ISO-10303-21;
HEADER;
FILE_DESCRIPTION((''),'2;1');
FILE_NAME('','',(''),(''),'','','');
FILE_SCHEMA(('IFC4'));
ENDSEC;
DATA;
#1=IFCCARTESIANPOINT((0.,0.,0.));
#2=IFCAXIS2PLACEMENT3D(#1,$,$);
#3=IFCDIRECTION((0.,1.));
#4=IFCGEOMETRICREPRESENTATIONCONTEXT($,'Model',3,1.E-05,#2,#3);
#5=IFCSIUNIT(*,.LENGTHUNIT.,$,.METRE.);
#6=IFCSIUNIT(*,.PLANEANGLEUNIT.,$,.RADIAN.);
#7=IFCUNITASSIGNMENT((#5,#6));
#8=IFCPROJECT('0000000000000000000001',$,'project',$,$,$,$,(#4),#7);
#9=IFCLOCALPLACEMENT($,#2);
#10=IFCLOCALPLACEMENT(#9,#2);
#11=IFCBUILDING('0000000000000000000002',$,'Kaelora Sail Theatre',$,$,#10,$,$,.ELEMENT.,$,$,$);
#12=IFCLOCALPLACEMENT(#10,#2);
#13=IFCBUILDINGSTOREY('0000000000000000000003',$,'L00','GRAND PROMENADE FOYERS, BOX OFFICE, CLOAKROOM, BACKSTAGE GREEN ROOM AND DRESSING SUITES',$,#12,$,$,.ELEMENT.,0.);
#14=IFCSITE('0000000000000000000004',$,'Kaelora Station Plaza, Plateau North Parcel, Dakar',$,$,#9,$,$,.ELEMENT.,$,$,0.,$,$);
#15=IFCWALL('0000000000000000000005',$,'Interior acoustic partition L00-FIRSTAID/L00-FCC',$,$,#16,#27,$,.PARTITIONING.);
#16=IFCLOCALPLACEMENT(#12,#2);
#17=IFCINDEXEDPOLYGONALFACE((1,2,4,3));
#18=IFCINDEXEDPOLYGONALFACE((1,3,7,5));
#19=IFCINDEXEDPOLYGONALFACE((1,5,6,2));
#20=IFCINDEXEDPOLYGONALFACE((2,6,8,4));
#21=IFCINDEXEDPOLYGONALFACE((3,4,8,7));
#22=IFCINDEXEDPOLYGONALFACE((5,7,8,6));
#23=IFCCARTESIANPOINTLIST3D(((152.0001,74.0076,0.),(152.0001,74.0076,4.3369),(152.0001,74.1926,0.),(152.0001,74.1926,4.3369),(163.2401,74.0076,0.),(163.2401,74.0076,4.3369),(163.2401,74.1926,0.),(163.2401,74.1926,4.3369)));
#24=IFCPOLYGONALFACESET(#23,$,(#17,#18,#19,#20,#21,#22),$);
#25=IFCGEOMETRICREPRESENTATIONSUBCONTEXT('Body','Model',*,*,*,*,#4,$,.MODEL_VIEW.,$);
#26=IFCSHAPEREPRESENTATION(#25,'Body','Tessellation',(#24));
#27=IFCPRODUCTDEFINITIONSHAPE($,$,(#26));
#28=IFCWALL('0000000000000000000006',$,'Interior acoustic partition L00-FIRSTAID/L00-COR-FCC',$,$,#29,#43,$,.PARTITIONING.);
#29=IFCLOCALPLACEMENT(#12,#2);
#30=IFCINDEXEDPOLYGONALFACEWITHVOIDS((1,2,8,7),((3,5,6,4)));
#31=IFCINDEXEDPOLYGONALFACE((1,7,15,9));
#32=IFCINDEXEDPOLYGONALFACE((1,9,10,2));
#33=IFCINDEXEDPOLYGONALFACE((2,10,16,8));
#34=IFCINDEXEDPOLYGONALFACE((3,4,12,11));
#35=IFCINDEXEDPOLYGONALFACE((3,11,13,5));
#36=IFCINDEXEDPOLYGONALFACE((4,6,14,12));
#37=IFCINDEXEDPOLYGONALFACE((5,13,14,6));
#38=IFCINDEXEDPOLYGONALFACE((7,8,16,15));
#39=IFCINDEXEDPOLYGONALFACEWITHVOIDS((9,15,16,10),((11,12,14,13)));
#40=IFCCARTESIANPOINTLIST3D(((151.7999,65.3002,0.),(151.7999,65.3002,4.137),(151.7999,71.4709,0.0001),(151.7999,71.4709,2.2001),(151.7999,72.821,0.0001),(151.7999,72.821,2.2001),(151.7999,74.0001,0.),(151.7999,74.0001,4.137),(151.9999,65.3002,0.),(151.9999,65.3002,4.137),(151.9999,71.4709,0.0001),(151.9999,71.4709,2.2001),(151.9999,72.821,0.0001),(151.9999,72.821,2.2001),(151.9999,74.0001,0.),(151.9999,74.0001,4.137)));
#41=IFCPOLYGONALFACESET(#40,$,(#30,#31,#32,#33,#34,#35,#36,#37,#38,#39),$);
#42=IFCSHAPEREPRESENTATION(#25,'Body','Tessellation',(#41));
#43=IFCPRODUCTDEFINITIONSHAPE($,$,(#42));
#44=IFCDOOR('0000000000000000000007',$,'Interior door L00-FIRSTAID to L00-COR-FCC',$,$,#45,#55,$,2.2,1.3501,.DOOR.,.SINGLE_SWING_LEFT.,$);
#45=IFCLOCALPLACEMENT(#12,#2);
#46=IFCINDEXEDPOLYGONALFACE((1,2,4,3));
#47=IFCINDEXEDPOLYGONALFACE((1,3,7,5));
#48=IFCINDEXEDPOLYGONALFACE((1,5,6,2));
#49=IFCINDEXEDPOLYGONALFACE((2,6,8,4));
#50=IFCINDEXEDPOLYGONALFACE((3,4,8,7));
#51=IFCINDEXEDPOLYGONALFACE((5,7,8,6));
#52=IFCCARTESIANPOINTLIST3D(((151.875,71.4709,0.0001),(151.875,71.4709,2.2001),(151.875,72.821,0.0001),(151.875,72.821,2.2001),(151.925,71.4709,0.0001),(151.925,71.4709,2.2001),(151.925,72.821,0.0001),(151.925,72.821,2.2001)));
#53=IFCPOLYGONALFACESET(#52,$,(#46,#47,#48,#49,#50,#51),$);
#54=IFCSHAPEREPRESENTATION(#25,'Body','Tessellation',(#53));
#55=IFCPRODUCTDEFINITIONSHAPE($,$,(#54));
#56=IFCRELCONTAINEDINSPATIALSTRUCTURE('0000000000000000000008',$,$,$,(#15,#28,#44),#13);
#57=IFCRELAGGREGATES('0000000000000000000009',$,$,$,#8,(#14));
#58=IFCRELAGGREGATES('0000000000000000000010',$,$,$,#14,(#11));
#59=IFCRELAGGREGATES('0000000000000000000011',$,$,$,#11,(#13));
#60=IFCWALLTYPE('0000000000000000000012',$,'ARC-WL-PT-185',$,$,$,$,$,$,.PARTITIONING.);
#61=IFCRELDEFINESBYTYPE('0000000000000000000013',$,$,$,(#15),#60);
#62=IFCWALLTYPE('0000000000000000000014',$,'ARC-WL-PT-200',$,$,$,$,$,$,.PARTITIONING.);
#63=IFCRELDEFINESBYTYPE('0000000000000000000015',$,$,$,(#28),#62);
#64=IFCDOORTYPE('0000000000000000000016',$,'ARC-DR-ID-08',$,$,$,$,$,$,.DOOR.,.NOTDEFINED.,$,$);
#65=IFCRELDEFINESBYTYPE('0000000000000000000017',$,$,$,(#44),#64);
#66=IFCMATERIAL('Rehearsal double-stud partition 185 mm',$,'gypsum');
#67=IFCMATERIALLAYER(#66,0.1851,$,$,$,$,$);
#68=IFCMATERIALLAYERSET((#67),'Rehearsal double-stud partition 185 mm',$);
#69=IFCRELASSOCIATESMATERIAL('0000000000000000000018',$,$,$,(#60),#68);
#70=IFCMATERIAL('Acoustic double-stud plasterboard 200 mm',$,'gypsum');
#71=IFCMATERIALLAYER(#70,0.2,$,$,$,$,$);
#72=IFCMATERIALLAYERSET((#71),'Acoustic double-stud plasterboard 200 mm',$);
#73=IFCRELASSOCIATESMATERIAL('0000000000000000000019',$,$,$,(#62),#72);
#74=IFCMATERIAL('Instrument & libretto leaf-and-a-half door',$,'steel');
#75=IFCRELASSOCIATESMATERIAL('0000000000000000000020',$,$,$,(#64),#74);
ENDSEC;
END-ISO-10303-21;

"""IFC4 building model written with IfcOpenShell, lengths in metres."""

from ifc_helpers import new_model, si_unit, direction, frame, frame_2d, origin, place, context, subcontext, project, spatial, rectangle, extrude, material, layer, layer_set, type_object, element, fill, save


model = new_model("IFC4")

# Units and contexts
model_context = context("Model", 3, precision=1e-05, world=origin(), true_north=direction((0.0, 1.0)))
body_context = subcontext(model_context, "Body", "Model", "MODEL_VIEW")
ifc_project = project(units=[si_unit("LENGTHUNIT", "METRE"), si_unit("PLANEANGLEUNIT", "RADIAN")], contexts=[model_context])

# Site, building, storey
site_placement = place(None, origin())
site = spatial("IfcSite", under=ifc_project, at=site_placement, Name="Kaelora Station Plaza, Plateau North Parcel, Dakar", CompositionType="ELEMENT", RefElevation=0.0)
building_placement = place(site_placement, origin())
building = spatial("IfcBuilding", under=site, at=building_placement, Name="Kaelora Sail Theatre", CompositionType="ELEMENT")
storey_placement = place(building_placement, origin())
storey = spatial("IfcBuildingStorey", under=building, at=storey_placement, Name="L00", Description="GRAND PROMENADE FOYERS, BOX OFFICE, CLOAKROOM, BACKSTAGE GREEN ROOM AND DRESSING SUITES", CompositionType="ELEMENT", Elevation=0.0)

# Wall
ifc_material_1 = material(Name="Rehearsal double-stud partition 185 mm", Category="gypsum")
ifc_layer_1 = layer(ifc_material_1, 0.1851)
ifc_layer_set_1 = layer_set([ifc_layer_1], Name="Rehearsal double-stud partition 185 mm")
wall_type_1 = type_object("IfcWallType", Name="ARC-WL-PT-185", PredefinedType="PARTITIONING", material=ifc_layer_set_1)
wall_1_placement = place(storey_placement, frame((152.0, 74.1001, 0.0), z_axis=(0.0, 0.0, 1.0), x_axis=(1.0, 0.0, 0.0)))
element("IfcWall", 1, at=wall_1_placement, inside=storey, type_object=wall_type_1, Name="Interior acoustic partition L00-FIRSTAID/L00-FCC", PredefinedType="PARTITIONING", context=body_context, shape_type="SweptSolid", body=[
    extrude(rectangle(XDim=11.24, YDim=0.1851, at=frame_2d((5.6201, 0.0))), origin(), (0.0, 0.0, 1.0), 4.3369),
])

# Wall, opening, door
ifc_material_2 = material(Name="Acoustic double-stud plasterboard 200 mm", Category="gypsum")
ifc_layer_2 = layer(ifc_material_2, 0.2)
ifc_layer_set_2 = layer_set([ifc_layer_2], Name="Acoustic double-stud plasterboard 200 mm")
wall_type_2 = type_object("IfcWallType", Name="ARC-WL-PT-200", PredefinedType="PARTITIONING", material=ifc_layer_set_2)
wall_2_placement = place(storey_placement, frame((151.8999, 65.3, 0.0), z_axis=(0.0, 0.0, 1.0), x_axis=(0.0, 1.0, 0.0)))
wall_2 = element("IfcWall", 2, at=wall_2_placement, inside=storey, type_object=wall_type_2, Name="Interior acoustic partition L00-FIRSTAID/L00-COR-FCC", PredefinedType="PARTITIONING", context=body_context, shape_type="SweptSolid", body=[
    extrude(rectangle(XDim=8.7, YDim=0.2, at=frame_2d((4.3501, 0.0))), origin(), (0.0, 0.0, 1.0), 4.137),
])
opening_1_placement = place(wall_2_placement, frame((6.1709, 0.0, 0.0)))
opening_1 = element("IfcOpeningElement", 3, at=opening_1_placement, cuts=wall_2, PredefinedType="OPENING", context=body_context, shape_type="SweptSolid", body=[
    extrude(rectangle(XDim=1.3501, YDim=2.2, at=frame_2d((0.675, 1.1001))), frame((0.0, 0.1101, 0.0), z_axis=(0.0, -1.0, 0.0), x_axis=(1.0, 0.0, 0.0)), (0.0, 0.0, 1.0), 0.22),
])
ifc_material_3 = material(Name="Instrument & libretto leaf-and-a-half door", Category="steel")
door_type_1 = type_object("IfcDoorType", Name="ARC-DR-ID-08", OperationType="NOTDEFINED", PredefinedType="DOOR", material=ifc_material_3)
door_1_placement = place(opening_1_placement, origin())
door_1 = element("IfcDoor", 4, at=door_1_placement, inside=storey, type_object=door_type_1, Name="Interior door L00-FIRSTAID to L00-COR-FCC", OperationType="SINGLE_SWING_LEFT", OverallHeight=2.2, OverallWidth=1.3501, PredefinedType="DOOR", context=body_context, shape_type="SweptSolid", body=[
    extrude(rectangle(XDim=1.3501, YDim=2.2, at=frame_2d((0.675, 1.1001))), frame((0.0, 0.0249, 0.0), z_axis=(0.0, -1.0, 0.0), x_axis=(1.0, 0.0, 0.0)), (0.0, 0.0, 1.0), 0.05),
])
fill(opening_1, door_1)

save(model, "model.ifc")
